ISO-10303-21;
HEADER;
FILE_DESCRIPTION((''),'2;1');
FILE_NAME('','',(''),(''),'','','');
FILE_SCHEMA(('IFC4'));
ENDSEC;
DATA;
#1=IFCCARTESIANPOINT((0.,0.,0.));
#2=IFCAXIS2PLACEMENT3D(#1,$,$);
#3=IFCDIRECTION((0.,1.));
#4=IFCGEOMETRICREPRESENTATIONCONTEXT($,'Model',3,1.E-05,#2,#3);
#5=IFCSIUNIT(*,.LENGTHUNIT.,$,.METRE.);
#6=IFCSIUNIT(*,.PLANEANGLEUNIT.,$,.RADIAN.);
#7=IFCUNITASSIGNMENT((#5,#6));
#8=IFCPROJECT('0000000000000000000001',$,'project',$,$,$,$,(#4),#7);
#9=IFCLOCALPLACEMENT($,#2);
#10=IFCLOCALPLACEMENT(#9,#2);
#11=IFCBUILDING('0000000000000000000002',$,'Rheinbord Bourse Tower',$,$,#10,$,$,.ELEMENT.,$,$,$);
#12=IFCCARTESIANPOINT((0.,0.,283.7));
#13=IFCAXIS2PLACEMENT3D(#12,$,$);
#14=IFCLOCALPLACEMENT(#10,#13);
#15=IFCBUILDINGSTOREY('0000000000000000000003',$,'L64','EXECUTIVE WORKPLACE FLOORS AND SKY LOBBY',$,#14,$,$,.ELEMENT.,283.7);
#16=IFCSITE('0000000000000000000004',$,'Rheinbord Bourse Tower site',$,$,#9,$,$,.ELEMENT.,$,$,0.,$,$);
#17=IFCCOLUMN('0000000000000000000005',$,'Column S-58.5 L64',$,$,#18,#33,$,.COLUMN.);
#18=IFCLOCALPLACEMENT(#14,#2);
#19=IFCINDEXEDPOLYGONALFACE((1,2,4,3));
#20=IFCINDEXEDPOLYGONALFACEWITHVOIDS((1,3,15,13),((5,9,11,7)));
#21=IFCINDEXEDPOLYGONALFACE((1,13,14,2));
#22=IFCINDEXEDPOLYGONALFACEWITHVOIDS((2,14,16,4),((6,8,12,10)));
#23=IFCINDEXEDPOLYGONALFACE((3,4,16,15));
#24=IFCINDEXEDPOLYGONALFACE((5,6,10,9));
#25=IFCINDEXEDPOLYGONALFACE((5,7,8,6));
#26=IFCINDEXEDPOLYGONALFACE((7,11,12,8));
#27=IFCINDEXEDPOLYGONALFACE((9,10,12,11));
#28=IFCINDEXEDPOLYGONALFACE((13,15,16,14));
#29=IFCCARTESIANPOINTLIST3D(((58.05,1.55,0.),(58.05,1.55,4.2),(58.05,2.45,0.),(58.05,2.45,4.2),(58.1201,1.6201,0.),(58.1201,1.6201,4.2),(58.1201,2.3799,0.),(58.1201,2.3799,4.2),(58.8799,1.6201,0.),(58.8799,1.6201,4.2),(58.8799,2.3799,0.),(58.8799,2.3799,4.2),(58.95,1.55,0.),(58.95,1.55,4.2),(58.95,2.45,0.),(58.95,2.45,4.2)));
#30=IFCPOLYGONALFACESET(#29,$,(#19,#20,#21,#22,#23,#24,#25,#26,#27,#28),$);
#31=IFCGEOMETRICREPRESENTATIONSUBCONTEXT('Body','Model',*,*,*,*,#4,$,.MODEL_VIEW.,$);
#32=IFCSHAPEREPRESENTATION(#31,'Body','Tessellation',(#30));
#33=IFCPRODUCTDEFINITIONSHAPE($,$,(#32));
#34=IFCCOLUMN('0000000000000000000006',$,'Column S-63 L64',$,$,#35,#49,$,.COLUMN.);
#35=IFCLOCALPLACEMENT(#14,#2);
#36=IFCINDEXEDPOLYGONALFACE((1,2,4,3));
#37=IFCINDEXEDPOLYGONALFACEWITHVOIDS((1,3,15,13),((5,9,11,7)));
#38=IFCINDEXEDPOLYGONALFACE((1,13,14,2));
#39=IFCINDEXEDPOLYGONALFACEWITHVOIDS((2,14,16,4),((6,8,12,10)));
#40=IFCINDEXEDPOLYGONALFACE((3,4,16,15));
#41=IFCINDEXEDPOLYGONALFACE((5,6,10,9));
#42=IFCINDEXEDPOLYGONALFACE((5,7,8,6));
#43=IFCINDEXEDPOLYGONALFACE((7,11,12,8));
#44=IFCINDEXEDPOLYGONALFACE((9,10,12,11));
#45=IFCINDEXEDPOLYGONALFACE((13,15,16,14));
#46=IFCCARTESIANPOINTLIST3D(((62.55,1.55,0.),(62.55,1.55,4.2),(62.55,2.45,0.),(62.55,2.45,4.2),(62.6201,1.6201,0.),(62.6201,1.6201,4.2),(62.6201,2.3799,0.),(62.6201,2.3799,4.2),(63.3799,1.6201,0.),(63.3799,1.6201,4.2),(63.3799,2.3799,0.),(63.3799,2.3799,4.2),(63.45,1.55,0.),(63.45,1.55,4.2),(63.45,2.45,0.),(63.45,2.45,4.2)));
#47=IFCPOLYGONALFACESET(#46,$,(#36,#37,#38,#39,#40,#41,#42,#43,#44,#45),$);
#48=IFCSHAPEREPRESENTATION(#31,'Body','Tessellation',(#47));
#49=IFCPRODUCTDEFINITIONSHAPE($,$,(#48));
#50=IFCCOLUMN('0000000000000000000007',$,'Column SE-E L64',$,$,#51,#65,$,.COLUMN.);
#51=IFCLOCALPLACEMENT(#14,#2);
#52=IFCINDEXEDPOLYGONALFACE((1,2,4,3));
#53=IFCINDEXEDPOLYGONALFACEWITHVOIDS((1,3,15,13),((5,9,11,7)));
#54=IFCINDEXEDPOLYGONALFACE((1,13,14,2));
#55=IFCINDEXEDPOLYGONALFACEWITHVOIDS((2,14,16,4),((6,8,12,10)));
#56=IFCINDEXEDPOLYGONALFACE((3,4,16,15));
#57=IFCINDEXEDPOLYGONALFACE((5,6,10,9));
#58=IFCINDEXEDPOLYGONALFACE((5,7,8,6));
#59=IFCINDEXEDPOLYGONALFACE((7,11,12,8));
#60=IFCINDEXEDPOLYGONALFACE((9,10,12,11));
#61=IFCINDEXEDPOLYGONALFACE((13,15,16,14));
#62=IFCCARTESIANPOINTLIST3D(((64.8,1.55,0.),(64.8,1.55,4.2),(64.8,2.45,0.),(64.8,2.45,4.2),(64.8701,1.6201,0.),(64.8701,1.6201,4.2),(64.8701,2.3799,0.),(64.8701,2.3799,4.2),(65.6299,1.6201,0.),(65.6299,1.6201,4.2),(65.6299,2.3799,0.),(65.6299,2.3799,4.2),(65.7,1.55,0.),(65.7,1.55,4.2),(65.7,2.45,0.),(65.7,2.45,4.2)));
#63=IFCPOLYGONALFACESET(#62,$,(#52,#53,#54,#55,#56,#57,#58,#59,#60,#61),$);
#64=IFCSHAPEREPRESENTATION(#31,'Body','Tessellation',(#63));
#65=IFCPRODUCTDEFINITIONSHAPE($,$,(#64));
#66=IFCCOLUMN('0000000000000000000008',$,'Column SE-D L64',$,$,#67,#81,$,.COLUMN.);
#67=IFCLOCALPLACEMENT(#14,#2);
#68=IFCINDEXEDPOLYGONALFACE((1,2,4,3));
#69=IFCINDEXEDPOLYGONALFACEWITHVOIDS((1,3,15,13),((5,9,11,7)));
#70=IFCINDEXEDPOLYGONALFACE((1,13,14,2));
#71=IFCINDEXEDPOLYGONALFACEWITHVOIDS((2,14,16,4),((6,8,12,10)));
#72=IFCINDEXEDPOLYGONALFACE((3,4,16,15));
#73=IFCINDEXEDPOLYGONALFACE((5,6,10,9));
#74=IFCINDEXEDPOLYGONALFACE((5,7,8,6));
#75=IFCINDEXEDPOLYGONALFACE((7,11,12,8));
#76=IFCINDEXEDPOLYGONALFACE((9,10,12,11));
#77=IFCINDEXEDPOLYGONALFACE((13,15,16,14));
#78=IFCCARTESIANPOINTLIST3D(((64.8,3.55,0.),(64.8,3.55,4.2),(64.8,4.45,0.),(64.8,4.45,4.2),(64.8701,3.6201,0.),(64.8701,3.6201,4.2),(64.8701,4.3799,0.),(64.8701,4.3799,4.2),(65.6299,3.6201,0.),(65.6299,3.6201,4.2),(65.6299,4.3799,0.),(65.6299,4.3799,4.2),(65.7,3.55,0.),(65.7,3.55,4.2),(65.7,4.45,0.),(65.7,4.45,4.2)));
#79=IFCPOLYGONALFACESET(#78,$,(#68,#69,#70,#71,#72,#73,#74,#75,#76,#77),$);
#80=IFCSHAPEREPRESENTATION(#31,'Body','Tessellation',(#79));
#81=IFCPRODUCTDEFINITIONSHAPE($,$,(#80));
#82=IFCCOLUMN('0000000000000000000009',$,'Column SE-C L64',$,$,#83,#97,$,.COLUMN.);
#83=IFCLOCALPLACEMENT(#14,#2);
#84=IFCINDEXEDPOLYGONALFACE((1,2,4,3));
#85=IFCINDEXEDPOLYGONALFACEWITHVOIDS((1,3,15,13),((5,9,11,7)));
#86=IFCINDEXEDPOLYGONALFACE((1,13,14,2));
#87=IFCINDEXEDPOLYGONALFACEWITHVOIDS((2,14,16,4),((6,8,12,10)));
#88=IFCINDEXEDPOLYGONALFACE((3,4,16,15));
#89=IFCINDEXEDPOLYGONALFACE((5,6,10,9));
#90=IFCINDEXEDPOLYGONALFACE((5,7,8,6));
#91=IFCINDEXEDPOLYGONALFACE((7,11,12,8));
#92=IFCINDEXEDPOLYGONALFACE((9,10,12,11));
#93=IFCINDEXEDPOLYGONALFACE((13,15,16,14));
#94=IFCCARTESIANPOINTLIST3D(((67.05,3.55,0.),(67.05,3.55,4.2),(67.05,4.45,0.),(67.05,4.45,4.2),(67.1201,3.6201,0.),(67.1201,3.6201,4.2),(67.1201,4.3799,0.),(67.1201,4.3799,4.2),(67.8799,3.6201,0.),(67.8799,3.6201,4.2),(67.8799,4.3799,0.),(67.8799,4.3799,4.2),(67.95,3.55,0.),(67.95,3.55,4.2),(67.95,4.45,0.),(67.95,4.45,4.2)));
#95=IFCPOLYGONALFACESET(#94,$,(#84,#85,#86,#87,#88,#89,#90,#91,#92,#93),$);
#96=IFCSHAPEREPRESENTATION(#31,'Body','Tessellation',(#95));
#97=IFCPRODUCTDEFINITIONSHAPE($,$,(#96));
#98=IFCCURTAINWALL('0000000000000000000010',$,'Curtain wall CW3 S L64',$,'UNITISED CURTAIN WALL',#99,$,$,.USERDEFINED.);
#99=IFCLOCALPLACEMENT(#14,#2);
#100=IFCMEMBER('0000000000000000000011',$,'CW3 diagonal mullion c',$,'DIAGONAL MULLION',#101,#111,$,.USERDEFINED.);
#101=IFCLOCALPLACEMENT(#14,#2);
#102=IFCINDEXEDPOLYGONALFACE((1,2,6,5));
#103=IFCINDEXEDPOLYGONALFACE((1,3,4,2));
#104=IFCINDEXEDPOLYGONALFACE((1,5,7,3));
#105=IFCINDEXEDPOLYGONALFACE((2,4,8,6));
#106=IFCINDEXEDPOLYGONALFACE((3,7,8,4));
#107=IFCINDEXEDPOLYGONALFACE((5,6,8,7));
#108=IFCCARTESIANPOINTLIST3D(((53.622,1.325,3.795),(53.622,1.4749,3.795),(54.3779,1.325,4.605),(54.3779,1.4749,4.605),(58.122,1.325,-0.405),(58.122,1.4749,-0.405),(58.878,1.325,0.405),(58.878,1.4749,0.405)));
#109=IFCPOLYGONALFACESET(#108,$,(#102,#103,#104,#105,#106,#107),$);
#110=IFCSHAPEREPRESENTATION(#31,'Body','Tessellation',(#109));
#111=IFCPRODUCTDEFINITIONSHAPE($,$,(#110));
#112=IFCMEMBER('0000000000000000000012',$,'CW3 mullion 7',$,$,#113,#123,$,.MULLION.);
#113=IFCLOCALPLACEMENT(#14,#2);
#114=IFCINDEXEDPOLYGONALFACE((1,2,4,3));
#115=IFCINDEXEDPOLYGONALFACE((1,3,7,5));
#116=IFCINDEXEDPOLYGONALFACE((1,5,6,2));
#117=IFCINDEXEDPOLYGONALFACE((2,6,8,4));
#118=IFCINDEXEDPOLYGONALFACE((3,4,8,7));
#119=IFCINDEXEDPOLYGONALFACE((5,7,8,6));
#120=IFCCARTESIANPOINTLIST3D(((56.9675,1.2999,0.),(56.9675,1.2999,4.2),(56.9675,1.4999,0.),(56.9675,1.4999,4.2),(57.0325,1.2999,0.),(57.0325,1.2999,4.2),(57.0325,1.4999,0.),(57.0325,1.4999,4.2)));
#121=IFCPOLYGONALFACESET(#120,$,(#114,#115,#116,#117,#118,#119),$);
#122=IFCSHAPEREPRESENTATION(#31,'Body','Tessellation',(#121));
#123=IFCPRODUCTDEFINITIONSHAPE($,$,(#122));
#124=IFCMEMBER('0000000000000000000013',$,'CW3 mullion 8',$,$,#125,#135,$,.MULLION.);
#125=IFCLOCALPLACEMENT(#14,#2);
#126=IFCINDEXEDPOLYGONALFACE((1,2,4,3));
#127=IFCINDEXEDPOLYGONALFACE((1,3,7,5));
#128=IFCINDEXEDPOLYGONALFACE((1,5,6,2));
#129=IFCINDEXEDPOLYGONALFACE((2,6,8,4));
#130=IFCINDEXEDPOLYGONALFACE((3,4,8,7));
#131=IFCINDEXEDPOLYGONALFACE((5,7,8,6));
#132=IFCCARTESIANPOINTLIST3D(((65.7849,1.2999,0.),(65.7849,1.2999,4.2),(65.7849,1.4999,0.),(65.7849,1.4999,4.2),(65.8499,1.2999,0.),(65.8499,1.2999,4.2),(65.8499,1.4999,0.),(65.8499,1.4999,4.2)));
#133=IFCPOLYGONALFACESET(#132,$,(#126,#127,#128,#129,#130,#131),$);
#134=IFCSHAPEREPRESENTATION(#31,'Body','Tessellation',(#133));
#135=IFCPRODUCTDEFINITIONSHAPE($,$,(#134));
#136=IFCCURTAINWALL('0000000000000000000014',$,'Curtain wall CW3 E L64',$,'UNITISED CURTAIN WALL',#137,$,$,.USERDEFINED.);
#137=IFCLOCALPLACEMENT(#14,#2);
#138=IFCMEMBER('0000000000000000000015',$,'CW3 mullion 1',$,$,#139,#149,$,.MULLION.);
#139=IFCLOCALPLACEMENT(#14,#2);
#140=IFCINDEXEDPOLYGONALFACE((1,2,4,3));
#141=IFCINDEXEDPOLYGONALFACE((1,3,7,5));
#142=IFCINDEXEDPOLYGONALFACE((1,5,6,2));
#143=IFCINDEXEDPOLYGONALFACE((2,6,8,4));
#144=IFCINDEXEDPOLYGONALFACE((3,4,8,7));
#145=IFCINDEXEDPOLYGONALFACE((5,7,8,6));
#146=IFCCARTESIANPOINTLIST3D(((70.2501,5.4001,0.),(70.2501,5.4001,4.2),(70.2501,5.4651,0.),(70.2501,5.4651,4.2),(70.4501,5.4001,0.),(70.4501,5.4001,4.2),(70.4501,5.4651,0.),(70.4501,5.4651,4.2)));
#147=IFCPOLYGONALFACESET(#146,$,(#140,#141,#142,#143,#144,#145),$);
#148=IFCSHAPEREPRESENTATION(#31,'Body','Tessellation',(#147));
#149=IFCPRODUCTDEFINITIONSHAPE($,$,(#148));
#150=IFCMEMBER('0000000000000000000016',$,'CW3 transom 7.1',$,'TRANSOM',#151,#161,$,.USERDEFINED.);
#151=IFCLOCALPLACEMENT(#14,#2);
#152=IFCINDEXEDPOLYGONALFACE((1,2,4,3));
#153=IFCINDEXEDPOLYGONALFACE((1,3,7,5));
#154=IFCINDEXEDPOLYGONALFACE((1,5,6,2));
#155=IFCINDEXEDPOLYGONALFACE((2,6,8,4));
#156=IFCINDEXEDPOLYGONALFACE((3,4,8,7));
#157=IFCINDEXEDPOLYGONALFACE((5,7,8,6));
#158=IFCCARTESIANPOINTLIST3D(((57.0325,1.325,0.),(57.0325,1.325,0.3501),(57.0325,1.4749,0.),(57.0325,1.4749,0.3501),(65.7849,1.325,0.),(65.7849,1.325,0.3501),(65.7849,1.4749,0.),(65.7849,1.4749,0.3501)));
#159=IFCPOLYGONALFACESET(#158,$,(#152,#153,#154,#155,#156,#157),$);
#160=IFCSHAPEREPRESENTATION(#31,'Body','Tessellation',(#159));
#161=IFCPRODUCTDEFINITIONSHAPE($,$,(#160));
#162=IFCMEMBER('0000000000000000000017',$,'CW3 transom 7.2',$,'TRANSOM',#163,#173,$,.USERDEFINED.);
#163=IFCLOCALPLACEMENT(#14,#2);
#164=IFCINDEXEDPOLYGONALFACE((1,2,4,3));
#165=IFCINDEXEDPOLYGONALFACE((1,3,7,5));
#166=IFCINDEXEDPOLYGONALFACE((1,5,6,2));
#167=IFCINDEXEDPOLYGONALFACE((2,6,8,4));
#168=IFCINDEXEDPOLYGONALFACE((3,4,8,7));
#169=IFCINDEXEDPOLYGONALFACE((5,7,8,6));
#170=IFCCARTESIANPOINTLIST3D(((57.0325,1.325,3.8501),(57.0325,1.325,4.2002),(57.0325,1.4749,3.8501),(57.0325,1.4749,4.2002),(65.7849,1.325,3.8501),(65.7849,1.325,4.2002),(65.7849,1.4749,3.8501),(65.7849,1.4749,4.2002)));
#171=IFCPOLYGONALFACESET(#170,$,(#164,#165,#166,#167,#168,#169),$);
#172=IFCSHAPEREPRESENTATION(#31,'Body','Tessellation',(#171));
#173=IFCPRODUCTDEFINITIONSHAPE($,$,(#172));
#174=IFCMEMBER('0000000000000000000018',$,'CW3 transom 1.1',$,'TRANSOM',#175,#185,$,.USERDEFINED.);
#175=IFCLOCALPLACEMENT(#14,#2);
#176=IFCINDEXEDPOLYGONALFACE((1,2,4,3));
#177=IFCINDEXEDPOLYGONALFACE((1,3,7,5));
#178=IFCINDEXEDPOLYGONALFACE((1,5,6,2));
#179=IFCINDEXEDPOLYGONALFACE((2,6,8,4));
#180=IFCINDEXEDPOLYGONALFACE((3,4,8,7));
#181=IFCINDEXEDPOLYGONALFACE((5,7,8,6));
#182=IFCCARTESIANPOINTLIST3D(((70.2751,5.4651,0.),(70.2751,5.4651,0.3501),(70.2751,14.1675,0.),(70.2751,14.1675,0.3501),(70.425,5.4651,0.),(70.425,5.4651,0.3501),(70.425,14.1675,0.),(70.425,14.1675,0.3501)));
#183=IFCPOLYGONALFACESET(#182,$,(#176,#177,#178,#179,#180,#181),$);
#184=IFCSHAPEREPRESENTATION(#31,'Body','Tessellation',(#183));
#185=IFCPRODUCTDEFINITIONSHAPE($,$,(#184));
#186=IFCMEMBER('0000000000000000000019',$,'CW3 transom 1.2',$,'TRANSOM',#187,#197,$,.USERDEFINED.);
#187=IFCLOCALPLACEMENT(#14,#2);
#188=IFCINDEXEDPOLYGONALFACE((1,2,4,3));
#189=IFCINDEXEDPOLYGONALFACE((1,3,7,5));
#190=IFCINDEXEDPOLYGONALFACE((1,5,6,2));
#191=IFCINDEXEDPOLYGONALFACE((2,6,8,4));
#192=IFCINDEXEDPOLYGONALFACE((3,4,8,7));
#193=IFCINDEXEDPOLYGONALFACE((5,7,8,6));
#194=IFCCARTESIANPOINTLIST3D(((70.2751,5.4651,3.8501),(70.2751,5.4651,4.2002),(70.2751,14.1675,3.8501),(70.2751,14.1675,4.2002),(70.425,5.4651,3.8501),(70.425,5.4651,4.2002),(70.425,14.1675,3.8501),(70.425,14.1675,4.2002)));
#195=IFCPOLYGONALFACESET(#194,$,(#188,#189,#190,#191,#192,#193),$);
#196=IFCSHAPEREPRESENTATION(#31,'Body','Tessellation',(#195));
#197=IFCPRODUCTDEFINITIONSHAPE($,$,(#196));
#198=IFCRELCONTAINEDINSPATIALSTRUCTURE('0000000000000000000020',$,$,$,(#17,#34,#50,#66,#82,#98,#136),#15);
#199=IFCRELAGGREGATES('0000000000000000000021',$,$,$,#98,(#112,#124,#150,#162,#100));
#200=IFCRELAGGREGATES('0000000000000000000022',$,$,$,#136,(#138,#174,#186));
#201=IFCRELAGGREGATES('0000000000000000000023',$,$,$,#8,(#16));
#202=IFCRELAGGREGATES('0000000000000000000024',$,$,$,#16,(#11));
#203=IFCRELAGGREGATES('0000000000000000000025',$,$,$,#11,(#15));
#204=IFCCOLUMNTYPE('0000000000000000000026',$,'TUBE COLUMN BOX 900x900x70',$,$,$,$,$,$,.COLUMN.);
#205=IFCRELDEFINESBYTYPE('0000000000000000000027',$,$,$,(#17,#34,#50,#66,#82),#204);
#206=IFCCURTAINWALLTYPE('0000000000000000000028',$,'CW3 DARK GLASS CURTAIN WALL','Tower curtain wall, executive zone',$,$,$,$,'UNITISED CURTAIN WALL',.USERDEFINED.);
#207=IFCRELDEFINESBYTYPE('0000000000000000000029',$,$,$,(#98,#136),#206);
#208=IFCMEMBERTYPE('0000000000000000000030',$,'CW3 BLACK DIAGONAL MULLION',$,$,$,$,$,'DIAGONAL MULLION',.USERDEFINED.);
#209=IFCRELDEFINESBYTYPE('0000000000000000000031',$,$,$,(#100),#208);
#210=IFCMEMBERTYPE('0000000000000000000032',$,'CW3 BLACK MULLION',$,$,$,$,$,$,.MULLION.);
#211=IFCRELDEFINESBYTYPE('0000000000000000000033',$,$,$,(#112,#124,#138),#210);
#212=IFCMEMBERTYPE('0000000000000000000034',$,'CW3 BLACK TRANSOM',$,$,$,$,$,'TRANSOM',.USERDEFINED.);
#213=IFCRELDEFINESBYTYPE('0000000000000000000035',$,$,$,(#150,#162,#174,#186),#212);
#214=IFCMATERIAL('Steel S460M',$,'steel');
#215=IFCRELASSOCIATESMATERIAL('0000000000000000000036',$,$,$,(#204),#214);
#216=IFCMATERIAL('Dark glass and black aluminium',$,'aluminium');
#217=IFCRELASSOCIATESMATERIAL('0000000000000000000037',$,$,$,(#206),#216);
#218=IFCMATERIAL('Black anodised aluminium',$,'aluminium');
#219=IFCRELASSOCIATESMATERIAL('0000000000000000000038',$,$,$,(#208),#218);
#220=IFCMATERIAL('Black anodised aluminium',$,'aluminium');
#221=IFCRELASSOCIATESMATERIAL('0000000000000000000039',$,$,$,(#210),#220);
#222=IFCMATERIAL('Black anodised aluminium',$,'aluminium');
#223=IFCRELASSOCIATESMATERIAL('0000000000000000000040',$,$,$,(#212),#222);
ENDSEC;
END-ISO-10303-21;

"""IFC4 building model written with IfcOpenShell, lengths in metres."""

from ifc_helpers import new_model, si_unit, direction, frame, origin, origin_2d, place, context, subcontext, project, spatial, rectangle, hollow_rectangle, extrude, material, material_profile, profile_set, type_object, element, aggregate, save


model = new_model("IFC4")

# Units and contexts
model_context = context("Model", 3, precision=1e-05, world=origin(), true_north=direction((0.0, 1.0)))
body_context = subcontext(model_context, "Body", "Model", "MODEL_VIEW")
ifc_project = project(units=[si_unit("LENGTHUNIT", "METRE"), si_unit("PLANEANGLEUNIT", "RADIAN")], contexts=[model_context])

# Site, building, storey
site_placement = place(None, origin())
site = spatial("IfcSite", under=ifc_project, at=site_placement, Name="Rheinbord Bourse Tower site", CompositionType="ELEMENT", RefElevation=0.0)
building_placement = place(site_placement, origin())
building = spatial("IfcBuilding", under=site, at=building_placement, Name="Rheinbord Bourse Tower", CompositionType="ELEMENT")
storey_placement = place(building_placement, frame((0.0, 0.0, 283.7)))
storey = spatial("IfcBuildingStorey", under=building, at=storey_placement, Name="L64", Description="EXECUTIVE WORKPLACE FLOORS AND SKY LOBBY", CompositionType="ELEMENT", Elevation=283.7)

# Columns
ifc_material_1 = material(Name="Steel S460M", Category="steel")
ifc_material_profile_1 = material_profile(ifc_material_1, hollow_rectangle(XDim=0.8999, YDim=0.8999, WallThickness=0.0701, at=origin_2d()), Name="BOX 900x900x70")
ifc_profile_set_1 = profile_set([ifc_material_profile_1], Name="Steel S460M")
column_type = type_object("IfcColumnType", Name="TUBE COLUMN BOX 900x900x70", PredefinedType="COLUMN", material=ifc_profile_set_1)
for number, where, z_axis, x_axis, name in (
    (1, (58.5, 2.0, 0.0), (0.0, 0.0, 1.0), (0.0, 1.0, 0.0), "Column S-58.5 L64"),
    (2, (63.0, 2.0, 0.0), (0.0, 0.0, 1.0), (0.0, 1.0, 0.0), "Column S-63 L64"),
    (3, (65.25, 2.0, 0.0), (0.0, 0.0, 1.0), (0.0, 1.0, 0.0), "Column SE-E L64"),
    (4, (65.25, 4.0, 0.0), (0.0, 0.0, 1.0), (0.0, 1.0, 0.0), "Column SE-D L64"),
    (5, (67.5, 4.0, 0.0), (0.0, 0.0, 1.0), (1.0, 0.0, 0.0), "Column SE-C L64"),
):
    element("IfcColumn", number, at=place(storey_placement, frame(where, z_axis=z_axis, x_axis=x_axis)), inside=storey, type_object=column_type, Name=name, PredefinedType="COLUMN", context=body_context, shape_type="SweptSolid", body=[
        extrude(hollow_rectangle(XDim=0.8999, YDim=0.8999, WallThickness=0.0701, at=origin_2d()), origin(), (0.0, 0.0, 1.0), 4.2),
    ])

# Curtain wall, members
ifc_material_2 = material(Name="Dark glass and black aluminium", Category="aluminium")
curtain_wall_type = type_object("IfcCurtainWallType", Name="CW3 DARK GLASS CURTAIN WALL", Description="Tower curtain wall, executive zone", ElementType="UNITISED CURTAIN WALL", PredefinedType="USERDEFINED", material=ifc_material_2)
curtain_wall_1_placement = place(storey_placement, origin())
curtain_wall_1 = element("IfcCurtainWall", 6, at=curtain_wall_1_placement, inside=storey, type_object=curtain_wall_type, Name="Curtain wall CW3 S L64", ObjectType="UNITISED CURTAIN WALL", PredefinedType="USERDEFINED")
ifc_material_3 = material(Name="Black anodised aluminium", Category="aluminium")
ifc_material_profile_2 = material_profile(ifc_material_3, rectangle(XDim=0.1499, YDim=1.1079, at=origin_2d()), Name="CW3 DIAGONAL MULLION 1108x150")
ifc_profile_set_2 = profile_set([ifc_material_profile_2], Name="Black anodised aluminium")
member_type_1 = type_object("IfcMemberType", Name="CW3 BLACK DIAGONAL MULLION", ElementType="DIAGONAL MULLION", PredefinedType="USERDEFINED", material=ifc_profile_set_2)
member_1_placement = place(storey_placement, frame((58.5, 1.3999, 0.0), z_axis=(-0.731059, 0.0, 0.682314), x_axis=(0.0, -1.0, 0.0)))
member_1 = element("IfcMember", 7, at=member_1_placement, type_object=member_type_1, Name="CW3 diagonal mullion c", ObjectType="DIAGONAL MULLION", PredefinedType="USERDEFINED", context=body_context, shape_type="SweptSolid", body=[
    extrude(rectangle(XDim=0.1499, YDim=1.1079, at=origin_2d()), origin(), (0.0, 0.0, 1.0), 6.1555),
])
ifc_material_4 = material(Name="Black anodised aluminium", Category="aluminium")
ifc_material_profile_3 = material_profile(ifc_material_4, rectangle(XDim=0.2, YDim=0.0649, at=origin_2d()), Name="CW3 MULLION 65x200")
ifc_profile_set_3 = profile_set([ifc_material_profile_3], Name="Black anodised aluminium")
member_type_2 = type_object("IfcMemberType", Name="CW3 BLACK MULLION", PredefinedType="MULLION", material=ifc_profile_set_3)
member_2_placement = place(storey_placement, frame((57.0, 1.3999, 0.0), z_axis=(0.0, 0.0, 1.0), x_axis=(0.0, 1.0, 0.0)))
member_2 = element("IfcMember", 8, at=member_2_placement, type_object=member_type_2, Name="CW3 mullion 7", PredefinedType="MULLION", context=body_context, shape_type="SweptSolid", body=[
    extrude(rectangle(XDim=0.2, YDim=0.0649, at=origin_2d()), origin(), (0.0, 0.0, 1.0), 4.2),
])
member_3_placement = place(storey_placement, frame((65.8174, 1.3999, 0.0), z_axis=(0.0, 0.0, 1.0), x_axis=(0.0, 1.0, 0.0)))
member_3 = element("IfcMember", 9, at=member_3_placement, type_object=member_type_2, Name="CW3 mullion 8", PredefinedType="MULLION", context=body_context, shape_type="SweptSolid", body=[
    extrude(rectangle(XDim=0.2, YDim=0.0649, at=origin_2d()), origin(), (0.0, 0.0, 1.0), 4.2),
])

# Curtain wall, member
curtain_wall_2_placement = place(storey_placement, origin())
curtain_wall_2 = element("IfcCurtainWall", 10, at=curtain_wall_2_placement, inside=storey, type_object=curtain_wall_type, Name="Curtain wall CW3 E L64", ObjectType="UNITISED CURTAIN WALL", PredefinedType="USERDEFINED")
member_4_placement = place(storey_placement, frame((70.3501, 5.4326, 0.0), z_axis=(0.0, 0.0, 1.0), x_axis=(-1.0, 0.0, 0.0)))
member_4 = element("IfcMember", 11, at=member_4_placement, type_object=member_type_2, Name="CW3 mullion 1", PredefinedType="MULLION", context=body_context, shape_type="SweptSolid", body=[
    extrude(rectangle(XDim=0.2, YDim=0.0649, at=origin_2d()), origin(), (0.0, 0.0, 1.0), 4.2),
])

# Members
ifc_material_5 = material(Name="Black anodised aluminium", Category="aluminium")
ifc_material_profile_4 = material_profile(ifc_material_5, rectangle(XDim=0.1499, YDim=0.3501, at=origin_2d()), Name="CW3 TRANSOM 350x150")
ifc_profile_set_4 = profile_set([ifc_material_profile_4], Name="Black anodised aluminium")
member_type_3 = type_object("IfcMemberType", Name="CW3 BLACK TRANSOM", ElementType="TRANSOM", PredefinedType="USERDEFINED", material=ifc_profile_set_4)
member_5_placement = place(storey_placement, frame((57.0325, 1.3999, 0.175), z_axis=(1.0, 0.0, 0.0), x_axis=(0.0, 1.0, 0.0)))
member_5 = element("IfcMember", 12, at=member_5_placement, type_object=member_type_3, Name="CW3 transom 7.1", ObjectType="TRANSOM", PredefinedType="USERDEFINED", context=body_context, shape_type="SweptSolid", body=[
    extrude(rectangle(XDim=0.1499, YDim=0.3501, at=origin_2d()), origin(), (0.0, 0.0, 1.0), 8.7524),
])
member_6_placement = place(storey_placement, frame((57.0325, 1.3999, 4.0251), z_axis=(1.0, 0.0, 0.0), x_axis=(0.0, 1.0, 0.0)))
member_6 = element("IfcMember", 13, at=member_6_placement, type_object=member_type_3, Name="CW3 transom 7.2", ObjectType="TRANSOM", PredefinedType="USERDEFINED", context=body_context, shape_type="SweptSolid", body=[
    extrude(rectangle(XDim=0.1499, YDim=0.3501, at=origin_2d()), origin(), (0.0, 0.0, 1.0), 8.7524),
])
member_7_placement = place(storey_placement, frame((70.3501, 5.4651, 0.175), z_axis=(0.0, 1.0, 0.0), x_axis=(-1.0, 0.0, 0.0)))
member_7 = element("IfcMember", 14, at=member_7_placement, type_object=member_type_3, Name="CW3 transom 1.1", ObjectType="TRANSOM", PredefinedType="USERDEFINED", context=body_context, shape_type="SweptSolid", body=[
    extrude(rectangle(XDim=0.1499, YDim=0.3501, at=origin_2d()), origin(), (0.0, 0.0, 1.0), 8.7024),
])
member_8_placement = place(storey_placement, frame((70.3501, 5.4651, 4.0251), z_axis=(0.0, 1.0, 0.0), x_axis=(-1.0, 0.0, 0.0)))
member_8 = element("IfcMember", 15, at=member_8_placement, type_object=member_type_3, Name="CW3 transom 1.2", ObjectType="TRANSOM", PredefinedType="USERDEFINED", context=body_context, shape_type="SweptSolid", body=[
    extrude(rectangle(XDim=0.1499, YDim=0.3501, at=origin_2d()), origin(), (0.0, 0.0, 1.0), 8.7024),
])

aggregate(curtain_wall_1, [member_2, member_3, member_5, member_6, member_1])
aggregate(curtain_wall_2, [member_4, member_7, member_8])

save(model, "model.ifc")
